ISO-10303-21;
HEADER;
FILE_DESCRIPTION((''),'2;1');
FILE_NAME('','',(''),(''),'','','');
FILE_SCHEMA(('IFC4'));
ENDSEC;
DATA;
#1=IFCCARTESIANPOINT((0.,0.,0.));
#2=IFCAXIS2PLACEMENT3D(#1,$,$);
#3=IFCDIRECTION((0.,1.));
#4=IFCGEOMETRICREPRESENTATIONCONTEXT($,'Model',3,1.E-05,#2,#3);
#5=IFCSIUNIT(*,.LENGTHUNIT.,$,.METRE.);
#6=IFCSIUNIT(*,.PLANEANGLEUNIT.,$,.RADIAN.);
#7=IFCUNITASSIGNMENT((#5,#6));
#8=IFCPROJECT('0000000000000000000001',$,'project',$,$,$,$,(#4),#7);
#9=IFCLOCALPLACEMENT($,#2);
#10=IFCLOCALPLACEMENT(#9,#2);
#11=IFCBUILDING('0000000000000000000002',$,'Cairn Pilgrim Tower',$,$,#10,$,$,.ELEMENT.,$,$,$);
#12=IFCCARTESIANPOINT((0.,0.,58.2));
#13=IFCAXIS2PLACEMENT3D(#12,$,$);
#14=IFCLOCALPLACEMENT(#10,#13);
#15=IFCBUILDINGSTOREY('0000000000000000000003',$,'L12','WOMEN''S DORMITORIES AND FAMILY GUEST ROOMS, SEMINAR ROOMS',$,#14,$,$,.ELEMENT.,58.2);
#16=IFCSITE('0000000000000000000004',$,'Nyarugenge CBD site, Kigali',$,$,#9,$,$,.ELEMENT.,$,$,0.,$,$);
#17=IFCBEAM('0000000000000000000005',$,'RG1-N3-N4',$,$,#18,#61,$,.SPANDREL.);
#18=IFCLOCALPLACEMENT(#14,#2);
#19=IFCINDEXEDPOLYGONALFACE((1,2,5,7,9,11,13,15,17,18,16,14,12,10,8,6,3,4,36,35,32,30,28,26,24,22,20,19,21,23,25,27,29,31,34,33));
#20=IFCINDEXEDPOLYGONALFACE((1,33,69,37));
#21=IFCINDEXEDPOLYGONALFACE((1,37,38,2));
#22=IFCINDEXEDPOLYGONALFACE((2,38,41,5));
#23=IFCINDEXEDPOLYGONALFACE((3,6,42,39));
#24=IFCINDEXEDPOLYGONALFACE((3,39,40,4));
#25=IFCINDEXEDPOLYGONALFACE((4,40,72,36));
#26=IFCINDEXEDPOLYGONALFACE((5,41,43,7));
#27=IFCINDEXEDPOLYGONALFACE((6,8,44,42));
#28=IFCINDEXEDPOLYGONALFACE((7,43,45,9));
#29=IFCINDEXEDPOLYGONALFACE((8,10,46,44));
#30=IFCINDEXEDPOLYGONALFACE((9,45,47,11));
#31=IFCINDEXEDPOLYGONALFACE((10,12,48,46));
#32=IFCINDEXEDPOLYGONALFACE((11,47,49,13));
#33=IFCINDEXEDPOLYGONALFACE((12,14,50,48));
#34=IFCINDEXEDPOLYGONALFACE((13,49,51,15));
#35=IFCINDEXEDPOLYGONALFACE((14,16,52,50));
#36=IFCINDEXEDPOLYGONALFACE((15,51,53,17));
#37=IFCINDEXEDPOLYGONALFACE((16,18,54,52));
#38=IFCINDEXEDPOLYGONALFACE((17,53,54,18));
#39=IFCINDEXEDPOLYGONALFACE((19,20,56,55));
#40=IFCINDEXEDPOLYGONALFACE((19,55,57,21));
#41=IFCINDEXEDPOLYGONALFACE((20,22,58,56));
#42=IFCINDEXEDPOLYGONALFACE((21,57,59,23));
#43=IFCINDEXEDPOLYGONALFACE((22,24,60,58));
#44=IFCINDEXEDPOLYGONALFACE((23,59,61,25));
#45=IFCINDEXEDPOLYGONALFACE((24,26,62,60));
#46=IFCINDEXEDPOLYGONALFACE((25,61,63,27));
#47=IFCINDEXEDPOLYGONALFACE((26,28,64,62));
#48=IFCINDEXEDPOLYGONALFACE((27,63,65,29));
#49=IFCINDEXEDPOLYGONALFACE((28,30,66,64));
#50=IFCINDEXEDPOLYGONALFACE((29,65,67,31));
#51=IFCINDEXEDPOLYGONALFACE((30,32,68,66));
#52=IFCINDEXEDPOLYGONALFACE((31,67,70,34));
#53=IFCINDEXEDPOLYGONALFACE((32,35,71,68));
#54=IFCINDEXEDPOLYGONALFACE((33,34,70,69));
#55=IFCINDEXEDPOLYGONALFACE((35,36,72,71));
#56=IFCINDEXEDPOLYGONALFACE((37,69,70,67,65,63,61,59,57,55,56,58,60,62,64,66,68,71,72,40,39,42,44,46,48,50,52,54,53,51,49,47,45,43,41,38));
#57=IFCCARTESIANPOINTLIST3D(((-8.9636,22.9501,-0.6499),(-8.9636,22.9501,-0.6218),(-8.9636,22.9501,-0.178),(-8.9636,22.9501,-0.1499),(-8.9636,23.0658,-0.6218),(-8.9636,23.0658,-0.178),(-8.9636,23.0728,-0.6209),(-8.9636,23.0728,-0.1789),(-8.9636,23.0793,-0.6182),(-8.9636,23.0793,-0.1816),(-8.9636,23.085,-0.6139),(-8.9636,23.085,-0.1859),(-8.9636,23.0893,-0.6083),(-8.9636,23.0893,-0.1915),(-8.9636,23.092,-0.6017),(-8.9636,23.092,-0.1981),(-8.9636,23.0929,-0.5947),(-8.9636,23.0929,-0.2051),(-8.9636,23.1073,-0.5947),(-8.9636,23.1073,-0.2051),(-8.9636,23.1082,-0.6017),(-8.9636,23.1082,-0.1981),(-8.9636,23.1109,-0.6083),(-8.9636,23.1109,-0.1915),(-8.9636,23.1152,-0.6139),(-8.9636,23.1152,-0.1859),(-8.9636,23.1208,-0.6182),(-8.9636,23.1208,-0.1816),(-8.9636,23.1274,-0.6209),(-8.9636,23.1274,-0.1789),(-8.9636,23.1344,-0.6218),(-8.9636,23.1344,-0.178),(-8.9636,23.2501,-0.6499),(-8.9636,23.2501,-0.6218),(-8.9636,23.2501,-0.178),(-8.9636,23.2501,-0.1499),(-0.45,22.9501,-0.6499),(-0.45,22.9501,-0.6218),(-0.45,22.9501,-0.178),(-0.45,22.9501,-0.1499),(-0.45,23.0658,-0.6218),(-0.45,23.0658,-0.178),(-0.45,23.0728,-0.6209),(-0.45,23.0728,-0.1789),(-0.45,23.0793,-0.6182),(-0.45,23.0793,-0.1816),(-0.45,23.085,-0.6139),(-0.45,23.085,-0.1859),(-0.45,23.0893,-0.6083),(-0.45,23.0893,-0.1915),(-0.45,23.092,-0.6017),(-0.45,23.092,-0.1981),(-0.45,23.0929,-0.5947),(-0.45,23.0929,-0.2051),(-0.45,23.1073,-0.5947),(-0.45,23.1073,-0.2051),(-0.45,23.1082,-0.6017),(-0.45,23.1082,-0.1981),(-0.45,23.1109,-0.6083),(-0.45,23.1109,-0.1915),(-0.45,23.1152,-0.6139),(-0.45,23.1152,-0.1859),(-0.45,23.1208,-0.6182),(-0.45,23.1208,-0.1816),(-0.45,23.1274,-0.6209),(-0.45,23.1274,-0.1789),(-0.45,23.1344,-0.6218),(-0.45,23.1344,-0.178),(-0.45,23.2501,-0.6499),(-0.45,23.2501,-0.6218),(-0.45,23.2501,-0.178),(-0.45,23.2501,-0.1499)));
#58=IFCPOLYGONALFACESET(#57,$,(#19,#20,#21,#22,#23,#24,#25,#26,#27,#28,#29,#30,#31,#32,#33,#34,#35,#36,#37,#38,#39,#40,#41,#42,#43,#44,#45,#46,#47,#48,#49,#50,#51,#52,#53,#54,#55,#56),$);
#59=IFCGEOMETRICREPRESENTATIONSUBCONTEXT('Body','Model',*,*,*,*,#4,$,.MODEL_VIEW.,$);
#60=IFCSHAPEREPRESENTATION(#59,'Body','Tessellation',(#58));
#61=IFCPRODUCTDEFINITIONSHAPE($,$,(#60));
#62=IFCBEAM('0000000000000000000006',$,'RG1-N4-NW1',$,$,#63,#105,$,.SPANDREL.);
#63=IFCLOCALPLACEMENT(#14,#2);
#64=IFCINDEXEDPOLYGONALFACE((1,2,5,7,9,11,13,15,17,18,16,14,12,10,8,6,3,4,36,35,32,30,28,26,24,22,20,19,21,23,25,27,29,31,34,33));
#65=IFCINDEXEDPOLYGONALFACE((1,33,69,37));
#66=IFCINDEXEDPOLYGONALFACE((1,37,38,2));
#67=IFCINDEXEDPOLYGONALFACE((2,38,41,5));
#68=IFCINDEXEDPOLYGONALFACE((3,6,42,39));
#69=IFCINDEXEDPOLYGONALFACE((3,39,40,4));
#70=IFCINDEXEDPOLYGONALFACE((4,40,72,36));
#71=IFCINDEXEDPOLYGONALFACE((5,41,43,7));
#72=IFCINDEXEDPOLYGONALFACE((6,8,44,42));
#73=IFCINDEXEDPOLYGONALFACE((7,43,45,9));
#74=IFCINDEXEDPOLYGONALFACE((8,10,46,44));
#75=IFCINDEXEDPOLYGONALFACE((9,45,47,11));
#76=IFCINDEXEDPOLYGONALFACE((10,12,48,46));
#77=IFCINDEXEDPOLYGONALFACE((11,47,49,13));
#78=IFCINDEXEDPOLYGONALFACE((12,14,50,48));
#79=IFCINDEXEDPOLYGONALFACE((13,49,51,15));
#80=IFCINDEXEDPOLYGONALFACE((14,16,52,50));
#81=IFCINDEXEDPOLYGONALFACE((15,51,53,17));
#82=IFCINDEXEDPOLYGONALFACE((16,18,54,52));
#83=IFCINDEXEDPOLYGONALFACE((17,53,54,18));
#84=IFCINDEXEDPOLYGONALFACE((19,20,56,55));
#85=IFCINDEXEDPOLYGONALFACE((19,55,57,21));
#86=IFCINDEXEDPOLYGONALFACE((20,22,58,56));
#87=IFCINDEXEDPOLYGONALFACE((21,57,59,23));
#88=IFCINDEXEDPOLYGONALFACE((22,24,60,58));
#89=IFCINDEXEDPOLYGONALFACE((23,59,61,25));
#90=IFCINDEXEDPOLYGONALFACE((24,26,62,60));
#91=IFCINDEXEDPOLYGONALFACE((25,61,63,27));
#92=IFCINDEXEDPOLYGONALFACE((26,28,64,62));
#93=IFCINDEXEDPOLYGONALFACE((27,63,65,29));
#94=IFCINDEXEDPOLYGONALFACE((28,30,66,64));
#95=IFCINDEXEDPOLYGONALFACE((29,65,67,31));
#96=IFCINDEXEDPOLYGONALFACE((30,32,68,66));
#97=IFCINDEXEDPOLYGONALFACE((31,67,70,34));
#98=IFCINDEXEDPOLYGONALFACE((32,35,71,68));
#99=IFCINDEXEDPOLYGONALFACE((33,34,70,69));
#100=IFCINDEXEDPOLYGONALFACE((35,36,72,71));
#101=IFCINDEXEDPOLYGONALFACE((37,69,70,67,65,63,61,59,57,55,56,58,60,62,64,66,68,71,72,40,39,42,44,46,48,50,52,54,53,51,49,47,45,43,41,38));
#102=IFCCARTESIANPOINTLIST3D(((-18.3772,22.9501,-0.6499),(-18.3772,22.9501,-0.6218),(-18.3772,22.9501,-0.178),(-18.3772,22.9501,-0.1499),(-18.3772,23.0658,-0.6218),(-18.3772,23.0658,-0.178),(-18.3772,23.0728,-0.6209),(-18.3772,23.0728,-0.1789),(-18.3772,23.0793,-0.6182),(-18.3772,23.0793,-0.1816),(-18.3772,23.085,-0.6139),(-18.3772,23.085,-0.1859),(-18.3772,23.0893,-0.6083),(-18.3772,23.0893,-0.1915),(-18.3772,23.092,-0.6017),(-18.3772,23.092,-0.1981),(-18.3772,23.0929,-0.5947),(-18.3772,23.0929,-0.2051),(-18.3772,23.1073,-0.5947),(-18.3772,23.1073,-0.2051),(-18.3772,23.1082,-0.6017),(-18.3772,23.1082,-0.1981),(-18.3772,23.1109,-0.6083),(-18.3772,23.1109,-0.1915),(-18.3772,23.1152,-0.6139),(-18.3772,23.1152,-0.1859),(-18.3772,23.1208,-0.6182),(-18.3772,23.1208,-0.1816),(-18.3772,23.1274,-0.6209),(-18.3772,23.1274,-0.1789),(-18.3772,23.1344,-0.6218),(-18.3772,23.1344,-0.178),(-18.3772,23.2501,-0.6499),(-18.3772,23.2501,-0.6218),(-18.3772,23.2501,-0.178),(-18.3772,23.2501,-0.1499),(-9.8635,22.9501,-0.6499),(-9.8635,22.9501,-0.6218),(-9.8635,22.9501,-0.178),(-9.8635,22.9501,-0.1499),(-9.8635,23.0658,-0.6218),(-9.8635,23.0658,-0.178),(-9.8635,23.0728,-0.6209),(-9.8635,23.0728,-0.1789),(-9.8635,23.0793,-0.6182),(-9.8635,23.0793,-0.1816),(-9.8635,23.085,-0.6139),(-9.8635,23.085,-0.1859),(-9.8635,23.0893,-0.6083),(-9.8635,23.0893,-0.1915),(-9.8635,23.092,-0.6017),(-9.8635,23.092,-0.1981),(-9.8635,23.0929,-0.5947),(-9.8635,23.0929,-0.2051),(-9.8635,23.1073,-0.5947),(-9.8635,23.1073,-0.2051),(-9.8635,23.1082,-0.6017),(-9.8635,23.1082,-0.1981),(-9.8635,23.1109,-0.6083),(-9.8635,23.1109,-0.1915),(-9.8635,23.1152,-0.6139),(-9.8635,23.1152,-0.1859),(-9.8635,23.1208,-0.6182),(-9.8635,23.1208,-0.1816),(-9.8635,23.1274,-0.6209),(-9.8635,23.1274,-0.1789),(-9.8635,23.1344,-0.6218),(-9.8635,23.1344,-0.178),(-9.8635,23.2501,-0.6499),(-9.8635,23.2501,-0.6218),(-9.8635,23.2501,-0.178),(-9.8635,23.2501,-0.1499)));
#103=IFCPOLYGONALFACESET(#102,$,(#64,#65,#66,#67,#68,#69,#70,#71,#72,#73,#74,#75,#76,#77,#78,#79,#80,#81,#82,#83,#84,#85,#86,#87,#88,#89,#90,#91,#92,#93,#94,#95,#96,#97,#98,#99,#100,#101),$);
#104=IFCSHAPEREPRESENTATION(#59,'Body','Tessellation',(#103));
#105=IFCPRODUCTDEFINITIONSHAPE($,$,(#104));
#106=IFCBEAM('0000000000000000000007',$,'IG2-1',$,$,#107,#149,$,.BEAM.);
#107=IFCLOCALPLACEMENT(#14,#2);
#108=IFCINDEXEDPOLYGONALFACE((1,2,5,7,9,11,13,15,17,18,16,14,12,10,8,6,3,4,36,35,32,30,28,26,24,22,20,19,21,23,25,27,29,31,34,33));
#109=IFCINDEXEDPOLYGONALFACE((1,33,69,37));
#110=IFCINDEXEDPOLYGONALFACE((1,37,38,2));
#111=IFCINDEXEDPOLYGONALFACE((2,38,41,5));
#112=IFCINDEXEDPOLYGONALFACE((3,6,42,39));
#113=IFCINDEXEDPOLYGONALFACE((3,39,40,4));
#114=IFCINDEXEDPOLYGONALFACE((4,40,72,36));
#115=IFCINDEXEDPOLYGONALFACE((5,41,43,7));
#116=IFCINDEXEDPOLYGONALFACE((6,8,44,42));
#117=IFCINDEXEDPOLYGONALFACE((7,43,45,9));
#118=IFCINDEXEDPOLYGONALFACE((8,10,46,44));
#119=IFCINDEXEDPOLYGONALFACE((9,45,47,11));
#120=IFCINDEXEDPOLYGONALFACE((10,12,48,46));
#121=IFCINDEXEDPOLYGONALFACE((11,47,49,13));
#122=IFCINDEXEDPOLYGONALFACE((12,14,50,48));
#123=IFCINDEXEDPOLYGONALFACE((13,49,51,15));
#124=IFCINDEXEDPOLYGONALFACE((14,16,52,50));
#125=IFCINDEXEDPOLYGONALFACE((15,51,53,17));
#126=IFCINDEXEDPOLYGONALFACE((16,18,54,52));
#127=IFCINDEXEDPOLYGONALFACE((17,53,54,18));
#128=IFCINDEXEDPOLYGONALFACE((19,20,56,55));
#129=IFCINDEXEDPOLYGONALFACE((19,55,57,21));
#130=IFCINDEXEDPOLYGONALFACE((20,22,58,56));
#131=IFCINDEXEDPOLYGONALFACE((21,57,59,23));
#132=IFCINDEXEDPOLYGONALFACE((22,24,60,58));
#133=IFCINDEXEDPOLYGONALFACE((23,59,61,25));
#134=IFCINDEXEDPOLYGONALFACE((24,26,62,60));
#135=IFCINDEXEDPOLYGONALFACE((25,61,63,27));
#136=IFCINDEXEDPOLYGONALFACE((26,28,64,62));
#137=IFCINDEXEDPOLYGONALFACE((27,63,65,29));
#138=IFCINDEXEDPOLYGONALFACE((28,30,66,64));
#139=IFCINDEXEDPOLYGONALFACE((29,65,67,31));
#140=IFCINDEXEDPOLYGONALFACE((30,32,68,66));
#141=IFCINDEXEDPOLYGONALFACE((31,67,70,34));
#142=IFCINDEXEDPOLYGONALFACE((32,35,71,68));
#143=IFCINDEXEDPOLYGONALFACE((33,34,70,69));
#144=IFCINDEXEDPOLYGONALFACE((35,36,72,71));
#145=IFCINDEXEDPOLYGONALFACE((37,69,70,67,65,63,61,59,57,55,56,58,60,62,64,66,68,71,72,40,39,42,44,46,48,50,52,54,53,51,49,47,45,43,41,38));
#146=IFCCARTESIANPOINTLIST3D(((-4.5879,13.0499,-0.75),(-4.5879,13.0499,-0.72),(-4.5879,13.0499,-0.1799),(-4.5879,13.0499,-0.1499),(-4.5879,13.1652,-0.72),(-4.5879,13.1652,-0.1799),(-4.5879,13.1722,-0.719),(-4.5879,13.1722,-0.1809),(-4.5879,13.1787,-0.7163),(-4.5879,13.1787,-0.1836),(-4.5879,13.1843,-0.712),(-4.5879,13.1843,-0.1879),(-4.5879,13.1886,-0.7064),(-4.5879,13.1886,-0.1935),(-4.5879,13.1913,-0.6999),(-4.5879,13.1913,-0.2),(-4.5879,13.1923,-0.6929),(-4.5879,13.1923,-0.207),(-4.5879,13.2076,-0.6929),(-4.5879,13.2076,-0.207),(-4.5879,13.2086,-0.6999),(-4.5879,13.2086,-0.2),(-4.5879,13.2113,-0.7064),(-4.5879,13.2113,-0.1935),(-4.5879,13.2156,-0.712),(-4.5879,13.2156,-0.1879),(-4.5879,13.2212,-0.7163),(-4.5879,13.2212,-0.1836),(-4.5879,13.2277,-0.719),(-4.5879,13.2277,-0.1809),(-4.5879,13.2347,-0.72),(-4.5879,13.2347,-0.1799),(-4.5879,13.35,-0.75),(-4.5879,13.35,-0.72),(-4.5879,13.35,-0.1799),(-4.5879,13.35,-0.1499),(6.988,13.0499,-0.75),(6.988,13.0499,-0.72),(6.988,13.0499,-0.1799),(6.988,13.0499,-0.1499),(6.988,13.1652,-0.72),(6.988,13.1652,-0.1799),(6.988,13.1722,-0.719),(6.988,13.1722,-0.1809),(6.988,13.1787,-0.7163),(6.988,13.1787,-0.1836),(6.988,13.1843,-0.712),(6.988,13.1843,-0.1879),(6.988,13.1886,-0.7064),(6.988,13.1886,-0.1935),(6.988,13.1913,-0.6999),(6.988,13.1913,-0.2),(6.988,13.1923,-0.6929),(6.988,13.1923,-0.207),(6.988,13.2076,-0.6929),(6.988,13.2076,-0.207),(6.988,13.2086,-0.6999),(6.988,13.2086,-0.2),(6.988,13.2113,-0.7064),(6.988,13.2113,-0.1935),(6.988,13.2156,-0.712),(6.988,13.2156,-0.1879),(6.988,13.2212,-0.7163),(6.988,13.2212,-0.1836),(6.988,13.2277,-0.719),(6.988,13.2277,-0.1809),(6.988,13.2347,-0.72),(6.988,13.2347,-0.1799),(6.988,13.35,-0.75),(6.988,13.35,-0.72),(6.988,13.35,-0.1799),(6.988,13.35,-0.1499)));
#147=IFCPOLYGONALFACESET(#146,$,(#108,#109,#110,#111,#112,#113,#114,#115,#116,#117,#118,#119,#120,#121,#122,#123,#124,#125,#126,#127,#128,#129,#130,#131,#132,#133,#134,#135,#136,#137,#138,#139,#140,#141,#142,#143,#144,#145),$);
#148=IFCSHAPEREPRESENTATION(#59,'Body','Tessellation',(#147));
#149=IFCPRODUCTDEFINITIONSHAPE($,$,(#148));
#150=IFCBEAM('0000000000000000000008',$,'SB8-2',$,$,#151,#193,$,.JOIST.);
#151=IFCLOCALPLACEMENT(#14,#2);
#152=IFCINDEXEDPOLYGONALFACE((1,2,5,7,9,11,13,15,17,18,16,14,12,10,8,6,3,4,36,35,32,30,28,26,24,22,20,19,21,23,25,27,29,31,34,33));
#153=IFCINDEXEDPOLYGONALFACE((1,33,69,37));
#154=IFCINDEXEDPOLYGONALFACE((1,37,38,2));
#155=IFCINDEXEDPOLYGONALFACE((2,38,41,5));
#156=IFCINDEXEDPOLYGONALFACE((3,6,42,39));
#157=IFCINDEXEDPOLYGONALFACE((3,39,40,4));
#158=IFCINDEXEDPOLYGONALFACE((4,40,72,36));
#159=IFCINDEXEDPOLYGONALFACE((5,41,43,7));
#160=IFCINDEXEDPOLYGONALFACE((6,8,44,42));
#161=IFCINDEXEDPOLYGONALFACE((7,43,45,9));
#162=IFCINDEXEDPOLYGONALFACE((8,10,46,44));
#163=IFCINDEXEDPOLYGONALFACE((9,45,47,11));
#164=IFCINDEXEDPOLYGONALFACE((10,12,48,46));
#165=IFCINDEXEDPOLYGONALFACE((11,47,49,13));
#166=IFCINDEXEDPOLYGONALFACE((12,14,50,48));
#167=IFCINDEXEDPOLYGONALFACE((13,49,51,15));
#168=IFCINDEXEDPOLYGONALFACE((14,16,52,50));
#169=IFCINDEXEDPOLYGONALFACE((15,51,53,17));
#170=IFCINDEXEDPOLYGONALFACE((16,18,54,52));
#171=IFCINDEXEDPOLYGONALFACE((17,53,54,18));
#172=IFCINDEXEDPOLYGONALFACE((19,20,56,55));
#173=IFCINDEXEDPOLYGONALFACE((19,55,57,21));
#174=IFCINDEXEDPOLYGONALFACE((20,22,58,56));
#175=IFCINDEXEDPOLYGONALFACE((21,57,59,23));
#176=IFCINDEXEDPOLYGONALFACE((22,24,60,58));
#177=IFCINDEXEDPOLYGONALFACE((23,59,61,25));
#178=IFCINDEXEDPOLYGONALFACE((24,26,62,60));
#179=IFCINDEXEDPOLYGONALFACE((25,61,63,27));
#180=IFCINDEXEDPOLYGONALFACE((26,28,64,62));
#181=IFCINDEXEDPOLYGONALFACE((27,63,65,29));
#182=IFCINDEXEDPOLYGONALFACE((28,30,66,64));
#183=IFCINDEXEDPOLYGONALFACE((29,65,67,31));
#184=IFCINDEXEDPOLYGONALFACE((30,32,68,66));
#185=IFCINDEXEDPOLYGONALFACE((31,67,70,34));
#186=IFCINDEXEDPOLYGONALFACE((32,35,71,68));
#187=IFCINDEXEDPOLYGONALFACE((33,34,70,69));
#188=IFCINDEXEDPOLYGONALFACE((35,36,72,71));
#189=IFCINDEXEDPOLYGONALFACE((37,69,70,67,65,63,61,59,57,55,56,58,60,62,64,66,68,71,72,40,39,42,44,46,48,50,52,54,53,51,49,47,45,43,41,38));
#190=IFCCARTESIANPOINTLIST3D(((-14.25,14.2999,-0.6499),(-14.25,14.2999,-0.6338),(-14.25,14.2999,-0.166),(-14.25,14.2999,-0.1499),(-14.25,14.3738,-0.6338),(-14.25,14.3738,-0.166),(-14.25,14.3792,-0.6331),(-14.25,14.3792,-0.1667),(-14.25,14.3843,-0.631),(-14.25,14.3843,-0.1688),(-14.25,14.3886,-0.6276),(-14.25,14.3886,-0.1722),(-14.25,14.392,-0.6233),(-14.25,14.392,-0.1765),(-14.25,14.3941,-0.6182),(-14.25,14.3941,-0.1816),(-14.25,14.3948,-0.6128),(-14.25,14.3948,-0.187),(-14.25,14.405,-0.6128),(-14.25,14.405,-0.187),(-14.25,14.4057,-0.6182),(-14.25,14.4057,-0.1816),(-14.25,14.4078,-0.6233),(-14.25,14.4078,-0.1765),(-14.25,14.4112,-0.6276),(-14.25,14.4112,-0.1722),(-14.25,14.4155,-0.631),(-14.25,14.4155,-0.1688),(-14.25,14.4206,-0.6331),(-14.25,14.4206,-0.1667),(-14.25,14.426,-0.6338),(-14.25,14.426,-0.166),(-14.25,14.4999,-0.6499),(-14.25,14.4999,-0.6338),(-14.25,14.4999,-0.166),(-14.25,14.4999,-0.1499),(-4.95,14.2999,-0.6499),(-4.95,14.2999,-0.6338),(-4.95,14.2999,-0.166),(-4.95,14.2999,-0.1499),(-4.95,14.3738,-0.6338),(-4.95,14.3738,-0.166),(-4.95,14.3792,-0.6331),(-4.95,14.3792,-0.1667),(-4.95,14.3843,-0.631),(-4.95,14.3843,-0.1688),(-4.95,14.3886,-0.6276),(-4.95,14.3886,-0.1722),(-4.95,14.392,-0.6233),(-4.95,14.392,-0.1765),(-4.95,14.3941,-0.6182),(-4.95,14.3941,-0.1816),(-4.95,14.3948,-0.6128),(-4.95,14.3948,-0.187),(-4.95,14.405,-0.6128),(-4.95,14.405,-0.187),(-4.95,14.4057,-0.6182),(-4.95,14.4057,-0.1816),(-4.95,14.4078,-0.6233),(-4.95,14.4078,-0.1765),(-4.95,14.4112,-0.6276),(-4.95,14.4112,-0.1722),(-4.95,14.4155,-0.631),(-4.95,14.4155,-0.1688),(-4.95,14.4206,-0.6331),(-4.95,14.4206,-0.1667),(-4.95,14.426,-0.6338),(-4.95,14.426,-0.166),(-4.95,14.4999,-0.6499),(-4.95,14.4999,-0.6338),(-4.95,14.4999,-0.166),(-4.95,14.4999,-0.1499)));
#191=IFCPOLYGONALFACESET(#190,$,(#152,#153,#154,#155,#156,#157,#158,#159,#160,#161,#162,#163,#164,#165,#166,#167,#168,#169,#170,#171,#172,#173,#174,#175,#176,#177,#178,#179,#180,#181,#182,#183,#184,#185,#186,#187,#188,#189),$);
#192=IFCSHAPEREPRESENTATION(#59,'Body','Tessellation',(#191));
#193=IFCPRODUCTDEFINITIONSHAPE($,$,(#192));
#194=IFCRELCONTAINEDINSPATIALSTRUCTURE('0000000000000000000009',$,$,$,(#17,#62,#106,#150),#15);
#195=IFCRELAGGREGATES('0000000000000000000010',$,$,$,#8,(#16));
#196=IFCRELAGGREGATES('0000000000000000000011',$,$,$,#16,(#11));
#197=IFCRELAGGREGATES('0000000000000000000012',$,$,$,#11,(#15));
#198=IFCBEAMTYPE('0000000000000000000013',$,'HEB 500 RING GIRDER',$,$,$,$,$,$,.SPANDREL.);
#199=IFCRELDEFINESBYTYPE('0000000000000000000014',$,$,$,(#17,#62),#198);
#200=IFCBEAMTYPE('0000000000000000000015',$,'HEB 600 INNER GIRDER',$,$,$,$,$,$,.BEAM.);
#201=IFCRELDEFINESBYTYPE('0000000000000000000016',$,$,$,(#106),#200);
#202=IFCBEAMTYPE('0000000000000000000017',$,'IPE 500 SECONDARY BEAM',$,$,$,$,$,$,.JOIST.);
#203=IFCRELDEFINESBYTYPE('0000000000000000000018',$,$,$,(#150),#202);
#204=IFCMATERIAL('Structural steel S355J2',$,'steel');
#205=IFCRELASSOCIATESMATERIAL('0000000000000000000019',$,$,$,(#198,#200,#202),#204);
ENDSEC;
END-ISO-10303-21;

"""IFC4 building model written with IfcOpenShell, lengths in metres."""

from ifc_helpers import new_model, si_unit, direction, frame, origin, origin_2d, place, context, subcontext, project, spatial, i_section, extrude, material, material_profile, profile_set, type_object, element, save


model = new_model("IFC4")

# Units and contexts
model_context = context("Model", 3, precision=1e-05, world=origin(), true_north=direction((0.0, 1.0)))
body_context = subcontext(model_context, "Body", "Model", "MODEL_VIEW")
ifc_project = project(units=[si_unit("LENGTHUNIT", "METRE"), si_unit("PLANEANGLEUNIT", "RADIAN")], contexts=[model_context])

# Site, building, storey
site_placement = place(None, origin())
site = spatial("IfcSite", under=ifc_project, at=site_placement, Name="Nyarugenge CBD site, Kigali", CompositionType="ELEMENT", RefElevation=0.0)
building_placement = place(site_placement, origin())
building = spatial("IfcBuilding", under=site, at=building_placement, Name="Cairn Pilgrim Tower", CompositionType="ELEMENT")
storey_placement = place(building_placement, frame((0.0, 0.0, 58.2)))
storey = spatial("IfcBuildingStorey", under=building, at=storey_placement, Name="L12", Description="WOMEN'S DORMITORIES AND FAMILY GUEST ROOMS, SEMINAR ROOMS", CompositionType="ELEMENT", Elevation=58.2)

# Beams
ifc_material_1 = material(Name="Structural steel S355J2", Category="steel")
ifc_material_profile_1 = material_profile(ifc_material_1, i_section(OverallWidth=0.3, OverallDepth=0.5, WebThickness=0.0144, FlangeThickness=0.0281, FilletRadius=0.0271, at=origin_2d()), Name="HEB 500")
ifc_profile_set_1 = profile_set([ifc_material_profile_1], Name="Structural steel S355J2")
beam_type_1 = type_object("IfcBeamType", Name="HEB 500 RING GIRDER", PredefinedType="SPANDREL", material=ifc_profile_set_1)
for number, where, z_axis, x_axis, name in (
    (1, (-0.45, 23.1001, -0.3999), (-1.0, 0.0, 0.0), (0.0, -1.0, 0.0), "RG1-N3-N4"),
    (2, (-9.8635, 23.1001, -0.3999), (-1.0, 0.0, 0.0), (0.0, -1.0, 0.0), "RG1-N4-NW1"),
):
    element("IfcBeam", number, at=place(storey_placement, frame(where, z_axis=z_axis, x_axis=x_axis)), inside=storey, type_object=beam_type_1, Name=name, PredefinedType="SPANDREL", context=body_context, shape_type="SweptSolid", body=[
        extrude(i_section(OverallWidth=0.3, OverallDepth=0.5, WebThickness=0.0144, FlangeThickness=0.0281, FilletRadius=0.0271, at=origin_2d()), origin(), (0.0, 0.0, 1.0), 8.5137),
    ])
ifc_material_profile_2 = material_profile(ifc_material_1, i_section(OverallWidth=0.3, OverallDepth=0.6001, WebThickness=0.0154, FlangeThickness=0.03, FilletRadius=0.0271, at=origin_2d()), Name="HEB 600")
ifc_profile_set_2 = profile_set([ifc_material_profile_2], Name="Structural steel S355J2")
beam_type_2 = type_object("IfcBeamType", Name="HEB 600 INNER GIRDER", PredefinedType="BEAM", material=ifc_profile_set_2)
beam_1_placement = place(storey_placement, frame((-4.5879, 13.2, -0.45), z_axis=(1.0, 0.0, 0.0), x_axis=(0.0, 1.0, 0.0)))
element("IfcBeam", 3, at=beam_1_placement, inside=storey, type_object=beam_type_2, Name="IG2-1", PredefinedType="BEAM", context=body_context, shape_type="SweptSolid", body=[
    extrude(i_section(OverallWidth=0.3, OverallDepth=0.6001, WebThickness=0.0154, FlangeThickness=0.03, FilletRadius=0.0271, at=origin_2d()), origin(), (0.0, 0.0, 1.0), 11.5759),
])
ifc_material_profile_3 = material_profile(ifc_material_1, i_section(OverallWidth=0.2, OverallDepth=0.5, WebThickness=0.0103, FlangeThickness=0.0161, FilletRadius=0.021, at=origin_2d()), Name="IPE 500")
ifc_profile_set_3 = profile_set([ifc_material_profile_3], Name="Structural steel S355J2")
beam_type_3 = type_object("IfcBeamType", Name="IPE 500 SECONDARY BEAM", PredefinedType="JOIST", material=ifc_profile_set_3)
for number, where, z_axis, x_axis, name in (
    (4, (-14.25, 14.3999, -0.3999), (1.0, 0.0, 0.0), (0.0, 1.0, 0.0), "SB8-2"),
):
    element("IfcBeam", number, at=place(storey_placement, frame(where, z_axis=z_axis, x_axis=x_axis)), inside=storey, type_object=beam_type_3, Name=name, PredefinedType="JOIST", context=body_context, shape_type="SweptSolid", body=[
        extrude(i_section(OverallWidth=0.2, OverallDepth=0.5, WebThickness=0.0103, FlangeThickness=0.0161, FilletRadius=0.021, at=origin_2d()), origin(), (0.0, 0.0, 1.0), 9.3),
    ])

save(model, "model.ifc")
